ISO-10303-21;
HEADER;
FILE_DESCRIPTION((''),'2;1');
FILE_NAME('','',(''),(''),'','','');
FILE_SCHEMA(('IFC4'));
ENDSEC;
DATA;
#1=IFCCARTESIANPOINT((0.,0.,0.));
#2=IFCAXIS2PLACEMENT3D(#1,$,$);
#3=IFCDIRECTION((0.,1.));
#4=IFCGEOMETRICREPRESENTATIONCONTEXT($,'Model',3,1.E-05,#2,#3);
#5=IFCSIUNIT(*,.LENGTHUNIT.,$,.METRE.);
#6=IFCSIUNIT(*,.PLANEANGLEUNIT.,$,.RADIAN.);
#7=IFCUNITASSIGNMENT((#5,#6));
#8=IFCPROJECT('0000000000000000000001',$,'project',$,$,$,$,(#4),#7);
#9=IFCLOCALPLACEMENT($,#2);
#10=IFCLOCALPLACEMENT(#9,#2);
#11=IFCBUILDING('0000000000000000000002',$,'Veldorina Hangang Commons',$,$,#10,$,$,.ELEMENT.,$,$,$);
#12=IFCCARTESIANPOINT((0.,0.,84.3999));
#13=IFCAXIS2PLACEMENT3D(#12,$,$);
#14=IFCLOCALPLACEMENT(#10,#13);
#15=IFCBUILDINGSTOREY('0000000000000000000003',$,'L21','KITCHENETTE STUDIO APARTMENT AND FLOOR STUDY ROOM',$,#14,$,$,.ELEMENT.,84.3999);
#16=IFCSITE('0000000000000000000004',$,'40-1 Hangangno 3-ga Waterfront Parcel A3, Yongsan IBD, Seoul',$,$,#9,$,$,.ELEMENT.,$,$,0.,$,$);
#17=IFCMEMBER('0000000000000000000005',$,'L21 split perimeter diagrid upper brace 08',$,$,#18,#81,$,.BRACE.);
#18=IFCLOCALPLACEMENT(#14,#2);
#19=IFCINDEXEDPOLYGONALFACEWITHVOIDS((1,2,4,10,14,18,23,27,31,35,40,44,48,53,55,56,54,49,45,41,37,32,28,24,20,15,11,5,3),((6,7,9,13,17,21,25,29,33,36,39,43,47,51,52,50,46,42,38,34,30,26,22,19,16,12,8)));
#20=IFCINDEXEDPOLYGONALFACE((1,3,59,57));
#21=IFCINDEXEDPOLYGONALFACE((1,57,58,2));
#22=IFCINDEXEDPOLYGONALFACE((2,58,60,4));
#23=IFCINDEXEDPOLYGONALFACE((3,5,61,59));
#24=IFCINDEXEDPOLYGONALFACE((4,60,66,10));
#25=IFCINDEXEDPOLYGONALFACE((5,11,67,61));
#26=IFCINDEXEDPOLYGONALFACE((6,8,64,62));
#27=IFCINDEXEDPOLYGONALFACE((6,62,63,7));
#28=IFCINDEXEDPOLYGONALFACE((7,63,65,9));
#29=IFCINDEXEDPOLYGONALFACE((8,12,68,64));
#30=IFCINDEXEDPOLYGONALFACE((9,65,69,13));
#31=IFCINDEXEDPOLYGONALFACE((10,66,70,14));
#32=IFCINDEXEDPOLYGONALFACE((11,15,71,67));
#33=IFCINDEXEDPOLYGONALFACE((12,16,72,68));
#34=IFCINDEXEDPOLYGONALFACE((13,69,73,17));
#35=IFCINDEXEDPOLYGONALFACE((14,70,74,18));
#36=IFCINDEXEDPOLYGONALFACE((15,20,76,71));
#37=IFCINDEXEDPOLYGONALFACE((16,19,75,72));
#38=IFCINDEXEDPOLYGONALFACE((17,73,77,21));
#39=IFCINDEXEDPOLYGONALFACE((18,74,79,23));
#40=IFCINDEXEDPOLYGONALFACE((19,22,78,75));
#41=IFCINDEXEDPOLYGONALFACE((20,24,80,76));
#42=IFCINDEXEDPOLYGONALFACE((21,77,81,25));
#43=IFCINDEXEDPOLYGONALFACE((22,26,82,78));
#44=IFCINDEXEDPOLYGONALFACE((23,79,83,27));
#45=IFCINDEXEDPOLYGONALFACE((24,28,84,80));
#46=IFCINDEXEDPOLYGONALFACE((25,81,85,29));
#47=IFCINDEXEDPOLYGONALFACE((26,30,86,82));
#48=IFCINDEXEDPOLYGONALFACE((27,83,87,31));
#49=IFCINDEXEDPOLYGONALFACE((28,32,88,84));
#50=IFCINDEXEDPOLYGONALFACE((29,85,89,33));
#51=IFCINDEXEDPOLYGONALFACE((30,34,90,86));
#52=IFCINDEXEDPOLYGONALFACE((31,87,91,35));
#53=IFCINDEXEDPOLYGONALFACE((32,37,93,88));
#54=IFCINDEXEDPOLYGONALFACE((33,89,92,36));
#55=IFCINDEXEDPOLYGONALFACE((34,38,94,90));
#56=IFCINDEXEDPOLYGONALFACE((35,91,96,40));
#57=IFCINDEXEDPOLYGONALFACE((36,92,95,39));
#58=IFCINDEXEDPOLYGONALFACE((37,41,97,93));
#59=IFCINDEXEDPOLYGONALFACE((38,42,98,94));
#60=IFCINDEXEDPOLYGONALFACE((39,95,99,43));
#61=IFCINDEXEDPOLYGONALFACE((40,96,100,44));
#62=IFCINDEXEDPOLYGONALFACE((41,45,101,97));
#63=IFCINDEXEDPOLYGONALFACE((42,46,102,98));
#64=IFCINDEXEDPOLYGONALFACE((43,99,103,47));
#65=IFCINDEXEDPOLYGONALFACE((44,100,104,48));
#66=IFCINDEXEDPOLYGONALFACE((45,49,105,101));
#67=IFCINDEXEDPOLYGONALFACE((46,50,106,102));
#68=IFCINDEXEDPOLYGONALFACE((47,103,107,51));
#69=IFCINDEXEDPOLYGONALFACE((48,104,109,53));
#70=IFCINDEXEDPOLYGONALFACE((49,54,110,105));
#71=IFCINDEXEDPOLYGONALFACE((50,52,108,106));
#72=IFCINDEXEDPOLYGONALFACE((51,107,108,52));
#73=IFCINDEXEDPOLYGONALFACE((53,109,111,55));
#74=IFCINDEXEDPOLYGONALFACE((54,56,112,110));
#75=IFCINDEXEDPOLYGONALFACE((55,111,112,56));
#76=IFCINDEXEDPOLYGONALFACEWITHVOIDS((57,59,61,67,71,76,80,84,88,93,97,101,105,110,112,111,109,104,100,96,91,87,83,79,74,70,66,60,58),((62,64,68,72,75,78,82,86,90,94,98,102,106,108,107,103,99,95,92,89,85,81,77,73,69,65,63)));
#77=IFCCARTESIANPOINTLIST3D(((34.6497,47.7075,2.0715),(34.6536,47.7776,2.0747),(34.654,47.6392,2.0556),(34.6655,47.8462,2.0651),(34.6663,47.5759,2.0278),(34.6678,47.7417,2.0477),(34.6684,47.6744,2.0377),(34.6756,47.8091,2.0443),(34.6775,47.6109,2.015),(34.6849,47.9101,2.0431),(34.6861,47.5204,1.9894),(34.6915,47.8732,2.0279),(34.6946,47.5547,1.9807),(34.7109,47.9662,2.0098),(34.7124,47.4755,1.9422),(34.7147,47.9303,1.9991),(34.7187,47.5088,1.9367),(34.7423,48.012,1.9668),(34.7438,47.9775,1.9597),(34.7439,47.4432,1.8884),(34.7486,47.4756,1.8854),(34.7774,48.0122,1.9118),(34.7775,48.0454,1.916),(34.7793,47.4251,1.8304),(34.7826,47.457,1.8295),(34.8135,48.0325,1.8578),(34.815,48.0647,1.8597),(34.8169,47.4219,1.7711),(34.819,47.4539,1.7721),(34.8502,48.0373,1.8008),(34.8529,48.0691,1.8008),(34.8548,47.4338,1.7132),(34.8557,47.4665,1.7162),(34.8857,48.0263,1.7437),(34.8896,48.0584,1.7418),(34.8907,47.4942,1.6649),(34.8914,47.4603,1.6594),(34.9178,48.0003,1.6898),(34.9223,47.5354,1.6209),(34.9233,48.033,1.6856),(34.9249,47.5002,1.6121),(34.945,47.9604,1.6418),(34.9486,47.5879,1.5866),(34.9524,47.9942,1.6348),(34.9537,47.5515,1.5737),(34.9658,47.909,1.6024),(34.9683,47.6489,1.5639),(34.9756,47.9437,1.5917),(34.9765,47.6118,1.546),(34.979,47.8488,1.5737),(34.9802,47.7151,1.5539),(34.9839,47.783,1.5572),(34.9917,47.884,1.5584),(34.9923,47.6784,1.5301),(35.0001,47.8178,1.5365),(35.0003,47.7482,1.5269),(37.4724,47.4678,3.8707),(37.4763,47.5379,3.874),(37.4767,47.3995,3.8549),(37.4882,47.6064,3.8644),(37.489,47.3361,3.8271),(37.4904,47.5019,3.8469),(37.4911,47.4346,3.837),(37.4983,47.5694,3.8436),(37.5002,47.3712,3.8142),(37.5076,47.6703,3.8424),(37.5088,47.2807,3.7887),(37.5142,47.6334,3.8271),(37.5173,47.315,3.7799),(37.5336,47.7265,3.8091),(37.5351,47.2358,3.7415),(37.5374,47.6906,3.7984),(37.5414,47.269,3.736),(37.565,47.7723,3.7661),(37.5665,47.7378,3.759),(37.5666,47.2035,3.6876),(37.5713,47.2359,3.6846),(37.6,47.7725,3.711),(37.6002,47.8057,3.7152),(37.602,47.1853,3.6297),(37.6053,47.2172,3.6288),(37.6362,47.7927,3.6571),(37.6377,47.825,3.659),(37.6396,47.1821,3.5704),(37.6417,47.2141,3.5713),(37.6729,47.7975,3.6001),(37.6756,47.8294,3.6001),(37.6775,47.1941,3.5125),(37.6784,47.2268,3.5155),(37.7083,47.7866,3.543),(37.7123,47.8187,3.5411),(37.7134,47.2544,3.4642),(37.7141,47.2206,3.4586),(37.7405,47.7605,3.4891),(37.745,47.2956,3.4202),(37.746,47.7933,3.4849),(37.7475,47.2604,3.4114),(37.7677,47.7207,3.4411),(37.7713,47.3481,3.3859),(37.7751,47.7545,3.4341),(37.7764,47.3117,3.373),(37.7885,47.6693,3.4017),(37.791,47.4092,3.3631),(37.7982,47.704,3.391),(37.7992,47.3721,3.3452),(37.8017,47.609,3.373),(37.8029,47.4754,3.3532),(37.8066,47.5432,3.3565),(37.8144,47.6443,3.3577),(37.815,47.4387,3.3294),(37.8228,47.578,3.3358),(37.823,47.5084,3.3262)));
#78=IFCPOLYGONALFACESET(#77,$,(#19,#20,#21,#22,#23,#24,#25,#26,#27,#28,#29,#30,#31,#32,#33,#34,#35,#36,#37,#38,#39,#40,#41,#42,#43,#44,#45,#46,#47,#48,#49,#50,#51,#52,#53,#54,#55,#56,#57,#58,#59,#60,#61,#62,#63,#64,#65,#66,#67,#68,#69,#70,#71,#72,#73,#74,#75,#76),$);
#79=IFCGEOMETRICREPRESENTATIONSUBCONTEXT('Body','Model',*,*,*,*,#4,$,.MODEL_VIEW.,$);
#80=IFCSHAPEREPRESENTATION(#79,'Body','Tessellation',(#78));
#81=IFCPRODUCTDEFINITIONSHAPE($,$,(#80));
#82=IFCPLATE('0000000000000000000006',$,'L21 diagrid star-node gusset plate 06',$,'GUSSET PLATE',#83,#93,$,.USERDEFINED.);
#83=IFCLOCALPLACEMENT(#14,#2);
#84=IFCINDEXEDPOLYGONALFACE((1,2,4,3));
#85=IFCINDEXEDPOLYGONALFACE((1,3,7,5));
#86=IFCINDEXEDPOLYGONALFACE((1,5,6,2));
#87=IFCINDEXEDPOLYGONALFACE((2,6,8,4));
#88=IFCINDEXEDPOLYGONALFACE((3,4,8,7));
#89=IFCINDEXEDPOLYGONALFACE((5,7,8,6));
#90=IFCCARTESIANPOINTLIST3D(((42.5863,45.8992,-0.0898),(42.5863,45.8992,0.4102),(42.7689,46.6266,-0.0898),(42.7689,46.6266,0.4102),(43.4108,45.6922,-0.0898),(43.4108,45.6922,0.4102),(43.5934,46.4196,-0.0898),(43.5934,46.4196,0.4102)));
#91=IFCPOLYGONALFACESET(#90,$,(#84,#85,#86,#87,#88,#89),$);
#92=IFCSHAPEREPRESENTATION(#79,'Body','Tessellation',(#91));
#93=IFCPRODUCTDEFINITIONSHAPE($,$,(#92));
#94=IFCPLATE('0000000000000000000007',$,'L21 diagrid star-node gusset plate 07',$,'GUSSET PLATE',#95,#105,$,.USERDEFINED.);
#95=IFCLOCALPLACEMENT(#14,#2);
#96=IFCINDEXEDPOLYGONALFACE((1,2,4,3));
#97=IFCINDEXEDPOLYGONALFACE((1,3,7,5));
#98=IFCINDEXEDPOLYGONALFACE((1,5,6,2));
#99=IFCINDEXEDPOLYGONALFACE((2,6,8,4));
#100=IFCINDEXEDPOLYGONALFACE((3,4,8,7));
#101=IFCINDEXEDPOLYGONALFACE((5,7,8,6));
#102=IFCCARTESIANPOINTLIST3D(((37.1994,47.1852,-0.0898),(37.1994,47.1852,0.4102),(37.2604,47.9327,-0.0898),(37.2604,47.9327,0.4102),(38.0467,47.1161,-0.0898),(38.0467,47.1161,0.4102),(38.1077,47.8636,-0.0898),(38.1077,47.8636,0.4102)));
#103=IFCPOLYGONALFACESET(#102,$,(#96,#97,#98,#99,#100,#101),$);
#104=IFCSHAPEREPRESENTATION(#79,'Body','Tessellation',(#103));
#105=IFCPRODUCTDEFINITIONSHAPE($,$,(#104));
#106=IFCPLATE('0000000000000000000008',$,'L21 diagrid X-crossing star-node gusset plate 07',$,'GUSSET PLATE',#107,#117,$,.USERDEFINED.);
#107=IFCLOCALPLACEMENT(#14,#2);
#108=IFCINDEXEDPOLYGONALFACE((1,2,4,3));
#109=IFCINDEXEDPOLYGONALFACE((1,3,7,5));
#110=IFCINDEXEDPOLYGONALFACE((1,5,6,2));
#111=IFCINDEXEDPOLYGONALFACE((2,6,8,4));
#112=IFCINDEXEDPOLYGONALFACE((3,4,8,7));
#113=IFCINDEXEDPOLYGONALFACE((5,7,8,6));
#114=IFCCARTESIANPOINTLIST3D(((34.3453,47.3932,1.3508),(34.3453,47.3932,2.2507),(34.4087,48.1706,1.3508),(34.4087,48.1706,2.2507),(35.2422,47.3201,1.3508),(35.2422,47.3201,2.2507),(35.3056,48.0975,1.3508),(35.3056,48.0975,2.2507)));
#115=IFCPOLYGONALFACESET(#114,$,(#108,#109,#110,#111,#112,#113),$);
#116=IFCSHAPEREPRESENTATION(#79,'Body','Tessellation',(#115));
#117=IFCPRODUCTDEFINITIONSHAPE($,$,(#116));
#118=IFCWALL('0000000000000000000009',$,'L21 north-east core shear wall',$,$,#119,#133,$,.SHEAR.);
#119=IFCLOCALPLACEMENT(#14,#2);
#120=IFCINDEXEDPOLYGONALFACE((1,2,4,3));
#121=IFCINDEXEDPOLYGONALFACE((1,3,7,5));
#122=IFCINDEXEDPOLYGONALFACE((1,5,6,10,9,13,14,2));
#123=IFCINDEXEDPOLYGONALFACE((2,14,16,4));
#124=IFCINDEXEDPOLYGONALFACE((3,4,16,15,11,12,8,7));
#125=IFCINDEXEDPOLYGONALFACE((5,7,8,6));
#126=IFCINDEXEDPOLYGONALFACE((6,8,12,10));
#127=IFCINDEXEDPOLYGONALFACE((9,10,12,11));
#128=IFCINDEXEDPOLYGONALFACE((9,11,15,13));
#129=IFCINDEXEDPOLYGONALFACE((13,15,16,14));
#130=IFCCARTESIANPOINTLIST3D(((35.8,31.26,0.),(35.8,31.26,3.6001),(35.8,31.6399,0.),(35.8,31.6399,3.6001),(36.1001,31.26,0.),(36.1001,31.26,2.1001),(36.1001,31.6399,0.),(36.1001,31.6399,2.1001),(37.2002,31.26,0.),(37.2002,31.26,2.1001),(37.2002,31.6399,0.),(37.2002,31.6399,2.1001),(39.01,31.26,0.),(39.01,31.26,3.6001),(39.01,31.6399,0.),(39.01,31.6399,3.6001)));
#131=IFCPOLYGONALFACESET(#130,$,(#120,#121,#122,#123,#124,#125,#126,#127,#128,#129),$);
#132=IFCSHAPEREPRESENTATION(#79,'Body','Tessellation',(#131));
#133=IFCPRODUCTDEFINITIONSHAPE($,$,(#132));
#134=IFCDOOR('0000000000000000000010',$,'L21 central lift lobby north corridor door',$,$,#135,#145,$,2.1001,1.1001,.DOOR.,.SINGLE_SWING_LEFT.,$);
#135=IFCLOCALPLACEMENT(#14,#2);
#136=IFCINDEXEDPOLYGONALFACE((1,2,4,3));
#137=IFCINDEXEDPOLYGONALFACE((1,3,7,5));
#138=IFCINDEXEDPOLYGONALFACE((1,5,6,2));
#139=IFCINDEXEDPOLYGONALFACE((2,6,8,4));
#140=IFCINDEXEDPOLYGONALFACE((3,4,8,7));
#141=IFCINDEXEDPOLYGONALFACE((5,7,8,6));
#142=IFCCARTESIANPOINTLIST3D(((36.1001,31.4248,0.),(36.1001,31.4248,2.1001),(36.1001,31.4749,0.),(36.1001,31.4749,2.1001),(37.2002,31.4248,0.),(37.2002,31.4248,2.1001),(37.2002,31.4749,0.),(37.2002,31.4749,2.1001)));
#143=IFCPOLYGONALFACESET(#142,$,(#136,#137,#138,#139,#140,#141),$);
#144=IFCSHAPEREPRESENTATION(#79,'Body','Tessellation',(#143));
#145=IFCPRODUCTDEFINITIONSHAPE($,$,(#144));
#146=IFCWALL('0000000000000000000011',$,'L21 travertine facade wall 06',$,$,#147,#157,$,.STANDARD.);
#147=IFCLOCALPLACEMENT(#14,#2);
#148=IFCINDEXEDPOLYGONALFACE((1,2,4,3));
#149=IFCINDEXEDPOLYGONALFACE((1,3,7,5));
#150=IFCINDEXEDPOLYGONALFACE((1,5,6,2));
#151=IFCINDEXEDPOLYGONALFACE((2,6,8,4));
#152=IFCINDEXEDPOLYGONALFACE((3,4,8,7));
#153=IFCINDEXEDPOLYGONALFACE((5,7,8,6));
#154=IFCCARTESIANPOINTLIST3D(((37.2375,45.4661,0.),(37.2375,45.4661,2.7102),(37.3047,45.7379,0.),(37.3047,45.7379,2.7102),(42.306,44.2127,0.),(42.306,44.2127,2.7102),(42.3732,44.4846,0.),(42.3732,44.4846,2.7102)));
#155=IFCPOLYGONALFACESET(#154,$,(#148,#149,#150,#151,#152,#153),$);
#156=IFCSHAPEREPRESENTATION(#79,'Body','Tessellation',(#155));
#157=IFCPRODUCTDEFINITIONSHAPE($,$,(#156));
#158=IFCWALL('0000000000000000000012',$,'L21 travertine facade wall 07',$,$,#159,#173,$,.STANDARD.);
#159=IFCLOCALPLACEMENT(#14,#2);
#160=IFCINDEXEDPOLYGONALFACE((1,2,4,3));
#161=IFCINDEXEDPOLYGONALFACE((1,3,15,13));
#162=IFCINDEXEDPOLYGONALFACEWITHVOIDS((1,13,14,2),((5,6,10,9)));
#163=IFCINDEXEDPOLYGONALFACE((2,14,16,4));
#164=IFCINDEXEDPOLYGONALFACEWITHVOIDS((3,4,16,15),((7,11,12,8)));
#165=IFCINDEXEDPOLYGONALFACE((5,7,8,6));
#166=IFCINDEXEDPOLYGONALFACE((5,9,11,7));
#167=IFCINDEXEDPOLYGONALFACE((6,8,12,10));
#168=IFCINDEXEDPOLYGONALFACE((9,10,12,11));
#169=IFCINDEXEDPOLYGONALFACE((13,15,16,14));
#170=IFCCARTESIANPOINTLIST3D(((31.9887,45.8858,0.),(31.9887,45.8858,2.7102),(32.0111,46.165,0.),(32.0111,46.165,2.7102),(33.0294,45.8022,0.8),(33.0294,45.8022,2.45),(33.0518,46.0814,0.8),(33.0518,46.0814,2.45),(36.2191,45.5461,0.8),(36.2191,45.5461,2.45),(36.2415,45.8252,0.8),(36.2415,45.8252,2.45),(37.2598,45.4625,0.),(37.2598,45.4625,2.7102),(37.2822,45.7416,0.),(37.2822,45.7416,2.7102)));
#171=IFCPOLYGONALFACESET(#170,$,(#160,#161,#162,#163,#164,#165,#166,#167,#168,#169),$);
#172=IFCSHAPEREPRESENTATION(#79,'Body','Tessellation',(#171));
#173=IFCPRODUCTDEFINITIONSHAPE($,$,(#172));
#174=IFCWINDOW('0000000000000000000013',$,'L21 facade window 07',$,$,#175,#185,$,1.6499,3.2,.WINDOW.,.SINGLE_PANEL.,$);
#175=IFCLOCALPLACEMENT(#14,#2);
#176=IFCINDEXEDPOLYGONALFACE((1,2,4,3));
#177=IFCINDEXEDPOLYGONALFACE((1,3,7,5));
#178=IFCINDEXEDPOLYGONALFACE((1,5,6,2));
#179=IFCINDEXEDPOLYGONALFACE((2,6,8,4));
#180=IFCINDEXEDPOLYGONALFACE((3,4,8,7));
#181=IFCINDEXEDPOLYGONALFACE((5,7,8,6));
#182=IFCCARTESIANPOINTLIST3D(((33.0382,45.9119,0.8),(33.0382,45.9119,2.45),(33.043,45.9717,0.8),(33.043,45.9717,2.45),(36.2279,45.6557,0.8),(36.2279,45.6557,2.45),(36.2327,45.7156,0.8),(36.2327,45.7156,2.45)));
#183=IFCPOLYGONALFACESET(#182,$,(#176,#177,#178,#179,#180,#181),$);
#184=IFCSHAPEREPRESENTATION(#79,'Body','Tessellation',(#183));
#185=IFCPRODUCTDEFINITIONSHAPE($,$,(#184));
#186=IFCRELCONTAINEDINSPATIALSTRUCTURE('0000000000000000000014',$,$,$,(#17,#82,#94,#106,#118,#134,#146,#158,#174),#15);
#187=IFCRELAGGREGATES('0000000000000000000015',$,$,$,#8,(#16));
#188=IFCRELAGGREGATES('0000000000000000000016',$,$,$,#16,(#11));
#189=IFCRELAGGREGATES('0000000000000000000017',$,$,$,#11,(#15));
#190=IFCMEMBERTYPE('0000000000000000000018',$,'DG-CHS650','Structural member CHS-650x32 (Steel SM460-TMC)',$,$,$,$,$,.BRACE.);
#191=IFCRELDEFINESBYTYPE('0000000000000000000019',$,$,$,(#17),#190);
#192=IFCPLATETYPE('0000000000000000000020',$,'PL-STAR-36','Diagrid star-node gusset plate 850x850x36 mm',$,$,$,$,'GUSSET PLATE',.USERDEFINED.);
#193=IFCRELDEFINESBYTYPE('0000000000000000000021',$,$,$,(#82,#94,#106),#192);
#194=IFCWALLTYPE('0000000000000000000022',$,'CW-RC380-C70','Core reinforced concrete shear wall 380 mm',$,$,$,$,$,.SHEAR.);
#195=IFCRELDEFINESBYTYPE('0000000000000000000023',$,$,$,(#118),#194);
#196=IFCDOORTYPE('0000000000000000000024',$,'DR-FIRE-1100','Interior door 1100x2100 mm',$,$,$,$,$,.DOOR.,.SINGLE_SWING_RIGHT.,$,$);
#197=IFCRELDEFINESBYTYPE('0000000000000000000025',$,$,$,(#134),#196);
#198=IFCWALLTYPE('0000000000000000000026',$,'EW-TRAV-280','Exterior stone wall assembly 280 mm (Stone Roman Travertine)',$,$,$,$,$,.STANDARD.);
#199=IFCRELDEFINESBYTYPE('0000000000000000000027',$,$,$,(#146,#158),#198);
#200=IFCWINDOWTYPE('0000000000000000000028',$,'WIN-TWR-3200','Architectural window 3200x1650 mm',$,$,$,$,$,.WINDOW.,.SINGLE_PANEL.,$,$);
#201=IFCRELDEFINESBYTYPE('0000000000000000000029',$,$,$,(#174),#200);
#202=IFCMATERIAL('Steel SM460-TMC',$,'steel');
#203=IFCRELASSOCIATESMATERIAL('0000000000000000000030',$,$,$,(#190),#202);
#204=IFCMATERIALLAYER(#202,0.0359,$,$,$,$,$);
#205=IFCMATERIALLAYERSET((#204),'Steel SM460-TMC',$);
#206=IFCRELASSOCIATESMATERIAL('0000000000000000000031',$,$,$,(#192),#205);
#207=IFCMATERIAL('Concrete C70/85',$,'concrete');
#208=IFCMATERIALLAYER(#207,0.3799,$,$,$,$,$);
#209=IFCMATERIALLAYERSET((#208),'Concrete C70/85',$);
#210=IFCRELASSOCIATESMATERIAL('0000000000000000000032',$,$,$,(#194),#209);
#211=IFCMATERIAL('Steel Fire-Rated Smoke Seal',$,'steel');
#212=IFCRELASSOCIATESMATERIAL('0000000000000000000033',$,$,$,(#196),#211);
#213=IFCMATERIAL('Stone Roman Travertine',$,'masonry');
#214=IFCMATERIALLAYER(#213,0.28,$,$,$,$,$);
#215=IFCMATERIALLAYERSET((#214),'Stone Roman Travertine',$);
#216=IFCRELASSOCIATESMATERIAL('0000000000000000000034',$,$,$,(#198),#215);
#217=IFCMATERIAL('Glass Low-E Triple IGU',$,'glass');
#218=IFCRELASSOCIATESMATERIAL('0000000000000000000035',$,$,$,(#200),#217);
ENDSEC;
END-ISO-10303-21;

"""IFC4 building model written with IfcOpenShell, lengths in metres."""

from ifc_helpers import new_model, si_unit, direction, frame, frame_2d, origin, origin_2d, place, context, subcontext, project, spatial, rectangle, hollow_circle, extrude, material, layer, layer_set, material_profile, profile_set, type_object, element, fill, save


model = new_model("IFC4")

# Units and contexts
model_context = context("Model", 3, precision=1e-05, world=origin(), true_north=direction((0.0, 1.0)))
body_context = subcontext(model_context, "Body", "Model", "MODEL_VIEW")
ifc_project = project(units=[si_unit("LENGTHUNIT", "METRE"), si_unit("PLANEANGLEUNIT", "RADIAN")], contexts=[model_context])

# Site, building, storey
site_placement = place(None, origin())
site = spatial("IfcSite", under=ifc_project, at=site_placement, Name="40-1 Hangangno 3-ga Waterfront Parcel A3, Yongsan IBD, Seoul", CompositionType="ELEMENT", RefElevation=0.0)
building_placement = place(site_placement, origin())
building = spatial("IfcBuilding", under=site, at=building_placement, Name="Veldorina Hangang Commons", CompositionType="ELEMENT")
storey_placement = place(building_placement, frame((0.0, 0.0, 84.3999)))
storey = spatial("IfcBuildingStorey", under=building, at=storey_placement, Name="L21", Description="KITCHENETTE STUDIO APARTMENT AND FLOOR STUDY ROOM", CompositionType="ELEMENT", Elevation=84.3999)

# Member
ifc_material_1 = material(Name="Steel SM460-TMC", Category="steel")
ifc_material_profile_1 = material_profile(ifc_material_1, hollow_circle(Radius=0.325, WallThickness=0.032, at=origin_2d()), Name="CHS-650x32")
ifc_profile_set_1 = profile_set([ifc_material_profile_1], Name="Steel SM460-TMC")
member_type = type_object("IfcMemberType", Name="DG-CHS650", Description="Structural member CHS-650x32 (Steel SM460-TMC)", PredefinedType="BRACE", material=ifc_profile_set_1)
member_1_placement = place(storey_placement, frame((34.8254, 47.7454, 1.8008), z_axis=(0.841098, -0.071437, 0.536144), x_axis=(0.084629, 0.996413, 0.0)))
element("IfcMember", 1, at=member_1_placement, inside=storey, type_object=member_type, Name="L21 split perimeter diagrid upper brace 08", PredefinedType="BRACE", context=body_context, shape_type="SweptSolid", body=[
    extrude(hollow_circle(Radius=0.325, WallThickness=0.032, at=origin_2d()), origin(), (0.0, 0.0, 1.0), 3.356),
])

# Plates
ifc_layer_1 = layer(ifc_material_1, 0.0359)
ifc_layer_set_1 = layer_set([ifc_layer_1], Name="Steel SM460-TMC")
plate_type = type_object("IfcPlateType", Name="PL-STAR-36", Description="Diagrid star-node gusset plate 850x850x36 mm", ElementType="GUSSET PLATE", PredefinedType="USERDEFINED", material=ifc_layer_set_1)
for number, where, z_axis, x_axis, name in (
    (2, (43.0898, 46.1594, -0.0898), (0.0, 0.0, 1.0), (-0.969898, 0.243513, 0.0), "L21 diagrid star-node gusset plate 06"),
    (3, (37.6536, 47.5244, -0.0898), (0.0, 0.0, 1.0), (-0.996693, 0.08126, 0.0), "L21 diagrid star-node gusset plate 07"),
):
    element("IfcPlate", number, at=place(storey_placement, frame(where, z_axis=z_axis, x_axis=x_axis)), inside=storey, type_object=plate_type, Name=name, ObjectType="GUSSET PLATE", PredefinedType="USERDEFINED", context=body_context, shape_type="SweptSolid", body=[
        extrude(rectangle(XDim=0.8501, YDim=0.75, at=origin_2d()), origin(), (0.0, 0.0, 1.0), 0.5),
    ])
plate_placement = place(storey_placement, frame((34.8254, 47.7454, 1.3508), z_axis=(0.0, 0.0, 1.0), x_axis=(-0.996693, 0.08126, 0.0)))
element("IfcPlate", 4, at=plate_placement, inside=storey, type_object=plate_type, Name="L21 diagrid X-crossing star-node gusset plate 07", ObjectType="GUSSET PLATE", PredefinedType="USERDEFINED", context=body_context, shape_type="SweptSolid", body=[
    extrude(rectangle(XDim=0.8999, YDim=0.78, at=origin_2d()), origin(), (0.0, 0.0, 1.0), 0.8999),
])

# Wall, opening, door
ifc_material_2 = material(Name="Concrete C70/85", Category="concrete")
ifc_layer_2 = layer(ifc_material_2, 0.3799)
ifc_layer_set_2 = layer_set([ifc_layer_2], Name="Concrete C70/85")
wall_type_1 = type_object("IfcWallType", Name="CW-RC380-C70", Description="Core reinforced concrete shear wall 380 mm", PredefinedType="SHEAR", material=ifc_layer_set_2)
wall_1_placement = place(storey_placement, frame((35.8, 31.45, 0.0), z_axis=(0.0, 0.0, 1.0), x_axis=(1.0, 0.0, 0.0)))
wall_1 = element("IfcWall", 5, at=wall_1_placement, inside=storey, type_object=wall_type_1, Name="L21 north-east core shear wall", PredefinedType="SHEAR", context=body_context, shape_type="SweptSolid", body=[
    extrude(rectangle(XDim=3.21, YDim=0.3799, at=frame_2d((1.605, 0.0))), origin(), (0.0, 0.0, 1.0), 3.6001),
])
opening_1_placement = place(wall_1_placement, frame((0.3, 0.0, 0.0)))
opening_1 = element("IfcOpeningElement", 6, at=opening_1_placement, cuts=wall_1, PredefinedType="OPENING", context=body_context, shape_type="SweptSolid", body=[
    extrude(rectangle(XDim=1.1001, YDim=2.1001, at=frame_2d((0.55, 1.05))), frame((0.0, 0.2, 0.0), z_axis=(0.0, -1.0, 0.0), x_axis=(1.0, 0.0, 0.0)), (0.0, 0.0, 1.0), 0.3999),
])
ifc_material_3 = material(Name="Steel Fire-Rated Smoke Seal", Category="steel")
door_type_1 = type_object("IfcDoorType", Name="DR-FIRE-1100", Description="Interior door 1100x2100 mm", OperationType="SINGLE_SWING_RIGHT", PredefinedType="DOOR", material=ifc_material_3)
door_1_placement = place(opening_1_placement, origin())
door_1 = element("IfcDoor", 7, at=door_1_placement, inside=storey, type_object=door_type_1, Name="L21 central lift lobby north corridor door", OperationType="SINGLE_SWING_LEFT", OverallHeight=2.1001, OverallWidth=1.1001, PredefinedType="DOOR", context=body_context, shape_type="SweptSolid", body=[
    extrude(rectangle(XDim=1.1001, YDim=2.1001, at=frame_2d((0.55, 1.05))), frame((0.0, 0.0249, 0.0), z_axis=(0.0, -1.0, 0.0), x_axis=(1.0, 0.0, 0.0)), (0.0, 0.0, 1.0), 0.05),
])
fill(opening_1, door_1)

# Wall
ifc_material_4 = material(Name="Stone Roman Travertine", Category="masonry")
ifc_layer_3 = layer(ifc_material_4, 0.28)
ifc_layer_set_3 = layer_set([ifc_layer_3], Name="Stone Roman Travertine")
wall_type_2 = type_object("IfcWallType", Name="EW-TRAV-280", Description="Exterior stone wall assembly 280 mm (Stone Roman Travertine)", PredefinedType="STANDARD", material=ifc_layer_set_3)
wall_2_placement = place(storey_placement, frame((42.3396, 44.3486, 0.0), z_axis=(0.0, 0.0, 1.0), x_axis=(-0.970758, 0.240059, 0.0)))
element("IfcWall", 8, at=wall_2_placement, inside=storey, type_object=wall_type_2, Name="L21 travertine facade wall 06", PredefinedType="STANDARD", context=body_context, shape_type="SweptSolid", body=[
    extrude(rectangle(XDim=5.2212, YDim=0.28, at=frame_2d((2.6106, 0.0))), origin(), (0.0, 0.0, 1.0), 2.7102),
])

# Wall, opening, window
wall_3_placement = place(storey_placement, frame((37.271, 45.6021, 0.0), z_axis=(0.0, 0.0, 1.0), x_axis=(-0.99679, 0.080057, 0.0)))
wall_3 = element("IfcWall", 9, at=wall_3_placement, inside=storey, type_object=wall_type_2, Name="L21 travertine facade wall 07", PredefinedType="STANDARD", context=body_context, shape_type="SweptSolid", body=[
    extrude(rectangle(XDim=5.2881, YDim=0.28, at=frame_2d((2.644, 0.0))), origin(), (0.0, 0.0, 1.0), 2.7102),
])
opening_2_placement = place(wall_3_placement, frame((1.0439, 0.0, 0.8)))
opening_2 = element("IfcOpeningElement", 10, at=opening_2_placement, cuts=wall_3, PredefinedType="OPENING", context=body_context, shape_type="SweptSolid", body=[
    extrude(rectangle(XDim=3.2, YDim=1.6499, at=frame_2d((1.6001, 0.825))), frame((0.0, 0.1499, 0.0), z_axis=(0.0, -1.0, 0.0), x_axis=(1.0, 0.0, 0.0)), (0.0, 0.0, 1.0), 0.3),
])
ifc_material_5 = material(Name="Glass Low-E Triple IGU", Category="glass")
window_type = type_object("IfcWindowType", Name="WIN-TWR-3200", Description="Architectural window 3200x1650 mm", PartitioningType="SINGLE_PANEL", PredefinedType="WINDOW", material=ifc_material_5)
window_placement = place(opening_2_placement, origin())
window = element("IfcWindow", 11, at=window_placement, inside=storey, type_object=window_type, Name="L21 facade window 07", OverallHeight=1.6499, OverallWidth=3.2, PartitioningType="SINGLE_PANEL", PredefinedType="WINDOW", context=body_context, shape_type="SweptSolid", body=[
    extrude(rectangle(XDim=3.2, YDim=1.6499, at=frame_2d((1.6001, 0.825))), frame((0.0, 0.03, 0.0), z_axis=(0.0, -1.0, 0.0), x_axis=(1.0, 0.0, 0.0)), (0.0, 0.0, 1.0), 0.0601),
])
fill(opening_2, window)

save(model, "model.ifc")
